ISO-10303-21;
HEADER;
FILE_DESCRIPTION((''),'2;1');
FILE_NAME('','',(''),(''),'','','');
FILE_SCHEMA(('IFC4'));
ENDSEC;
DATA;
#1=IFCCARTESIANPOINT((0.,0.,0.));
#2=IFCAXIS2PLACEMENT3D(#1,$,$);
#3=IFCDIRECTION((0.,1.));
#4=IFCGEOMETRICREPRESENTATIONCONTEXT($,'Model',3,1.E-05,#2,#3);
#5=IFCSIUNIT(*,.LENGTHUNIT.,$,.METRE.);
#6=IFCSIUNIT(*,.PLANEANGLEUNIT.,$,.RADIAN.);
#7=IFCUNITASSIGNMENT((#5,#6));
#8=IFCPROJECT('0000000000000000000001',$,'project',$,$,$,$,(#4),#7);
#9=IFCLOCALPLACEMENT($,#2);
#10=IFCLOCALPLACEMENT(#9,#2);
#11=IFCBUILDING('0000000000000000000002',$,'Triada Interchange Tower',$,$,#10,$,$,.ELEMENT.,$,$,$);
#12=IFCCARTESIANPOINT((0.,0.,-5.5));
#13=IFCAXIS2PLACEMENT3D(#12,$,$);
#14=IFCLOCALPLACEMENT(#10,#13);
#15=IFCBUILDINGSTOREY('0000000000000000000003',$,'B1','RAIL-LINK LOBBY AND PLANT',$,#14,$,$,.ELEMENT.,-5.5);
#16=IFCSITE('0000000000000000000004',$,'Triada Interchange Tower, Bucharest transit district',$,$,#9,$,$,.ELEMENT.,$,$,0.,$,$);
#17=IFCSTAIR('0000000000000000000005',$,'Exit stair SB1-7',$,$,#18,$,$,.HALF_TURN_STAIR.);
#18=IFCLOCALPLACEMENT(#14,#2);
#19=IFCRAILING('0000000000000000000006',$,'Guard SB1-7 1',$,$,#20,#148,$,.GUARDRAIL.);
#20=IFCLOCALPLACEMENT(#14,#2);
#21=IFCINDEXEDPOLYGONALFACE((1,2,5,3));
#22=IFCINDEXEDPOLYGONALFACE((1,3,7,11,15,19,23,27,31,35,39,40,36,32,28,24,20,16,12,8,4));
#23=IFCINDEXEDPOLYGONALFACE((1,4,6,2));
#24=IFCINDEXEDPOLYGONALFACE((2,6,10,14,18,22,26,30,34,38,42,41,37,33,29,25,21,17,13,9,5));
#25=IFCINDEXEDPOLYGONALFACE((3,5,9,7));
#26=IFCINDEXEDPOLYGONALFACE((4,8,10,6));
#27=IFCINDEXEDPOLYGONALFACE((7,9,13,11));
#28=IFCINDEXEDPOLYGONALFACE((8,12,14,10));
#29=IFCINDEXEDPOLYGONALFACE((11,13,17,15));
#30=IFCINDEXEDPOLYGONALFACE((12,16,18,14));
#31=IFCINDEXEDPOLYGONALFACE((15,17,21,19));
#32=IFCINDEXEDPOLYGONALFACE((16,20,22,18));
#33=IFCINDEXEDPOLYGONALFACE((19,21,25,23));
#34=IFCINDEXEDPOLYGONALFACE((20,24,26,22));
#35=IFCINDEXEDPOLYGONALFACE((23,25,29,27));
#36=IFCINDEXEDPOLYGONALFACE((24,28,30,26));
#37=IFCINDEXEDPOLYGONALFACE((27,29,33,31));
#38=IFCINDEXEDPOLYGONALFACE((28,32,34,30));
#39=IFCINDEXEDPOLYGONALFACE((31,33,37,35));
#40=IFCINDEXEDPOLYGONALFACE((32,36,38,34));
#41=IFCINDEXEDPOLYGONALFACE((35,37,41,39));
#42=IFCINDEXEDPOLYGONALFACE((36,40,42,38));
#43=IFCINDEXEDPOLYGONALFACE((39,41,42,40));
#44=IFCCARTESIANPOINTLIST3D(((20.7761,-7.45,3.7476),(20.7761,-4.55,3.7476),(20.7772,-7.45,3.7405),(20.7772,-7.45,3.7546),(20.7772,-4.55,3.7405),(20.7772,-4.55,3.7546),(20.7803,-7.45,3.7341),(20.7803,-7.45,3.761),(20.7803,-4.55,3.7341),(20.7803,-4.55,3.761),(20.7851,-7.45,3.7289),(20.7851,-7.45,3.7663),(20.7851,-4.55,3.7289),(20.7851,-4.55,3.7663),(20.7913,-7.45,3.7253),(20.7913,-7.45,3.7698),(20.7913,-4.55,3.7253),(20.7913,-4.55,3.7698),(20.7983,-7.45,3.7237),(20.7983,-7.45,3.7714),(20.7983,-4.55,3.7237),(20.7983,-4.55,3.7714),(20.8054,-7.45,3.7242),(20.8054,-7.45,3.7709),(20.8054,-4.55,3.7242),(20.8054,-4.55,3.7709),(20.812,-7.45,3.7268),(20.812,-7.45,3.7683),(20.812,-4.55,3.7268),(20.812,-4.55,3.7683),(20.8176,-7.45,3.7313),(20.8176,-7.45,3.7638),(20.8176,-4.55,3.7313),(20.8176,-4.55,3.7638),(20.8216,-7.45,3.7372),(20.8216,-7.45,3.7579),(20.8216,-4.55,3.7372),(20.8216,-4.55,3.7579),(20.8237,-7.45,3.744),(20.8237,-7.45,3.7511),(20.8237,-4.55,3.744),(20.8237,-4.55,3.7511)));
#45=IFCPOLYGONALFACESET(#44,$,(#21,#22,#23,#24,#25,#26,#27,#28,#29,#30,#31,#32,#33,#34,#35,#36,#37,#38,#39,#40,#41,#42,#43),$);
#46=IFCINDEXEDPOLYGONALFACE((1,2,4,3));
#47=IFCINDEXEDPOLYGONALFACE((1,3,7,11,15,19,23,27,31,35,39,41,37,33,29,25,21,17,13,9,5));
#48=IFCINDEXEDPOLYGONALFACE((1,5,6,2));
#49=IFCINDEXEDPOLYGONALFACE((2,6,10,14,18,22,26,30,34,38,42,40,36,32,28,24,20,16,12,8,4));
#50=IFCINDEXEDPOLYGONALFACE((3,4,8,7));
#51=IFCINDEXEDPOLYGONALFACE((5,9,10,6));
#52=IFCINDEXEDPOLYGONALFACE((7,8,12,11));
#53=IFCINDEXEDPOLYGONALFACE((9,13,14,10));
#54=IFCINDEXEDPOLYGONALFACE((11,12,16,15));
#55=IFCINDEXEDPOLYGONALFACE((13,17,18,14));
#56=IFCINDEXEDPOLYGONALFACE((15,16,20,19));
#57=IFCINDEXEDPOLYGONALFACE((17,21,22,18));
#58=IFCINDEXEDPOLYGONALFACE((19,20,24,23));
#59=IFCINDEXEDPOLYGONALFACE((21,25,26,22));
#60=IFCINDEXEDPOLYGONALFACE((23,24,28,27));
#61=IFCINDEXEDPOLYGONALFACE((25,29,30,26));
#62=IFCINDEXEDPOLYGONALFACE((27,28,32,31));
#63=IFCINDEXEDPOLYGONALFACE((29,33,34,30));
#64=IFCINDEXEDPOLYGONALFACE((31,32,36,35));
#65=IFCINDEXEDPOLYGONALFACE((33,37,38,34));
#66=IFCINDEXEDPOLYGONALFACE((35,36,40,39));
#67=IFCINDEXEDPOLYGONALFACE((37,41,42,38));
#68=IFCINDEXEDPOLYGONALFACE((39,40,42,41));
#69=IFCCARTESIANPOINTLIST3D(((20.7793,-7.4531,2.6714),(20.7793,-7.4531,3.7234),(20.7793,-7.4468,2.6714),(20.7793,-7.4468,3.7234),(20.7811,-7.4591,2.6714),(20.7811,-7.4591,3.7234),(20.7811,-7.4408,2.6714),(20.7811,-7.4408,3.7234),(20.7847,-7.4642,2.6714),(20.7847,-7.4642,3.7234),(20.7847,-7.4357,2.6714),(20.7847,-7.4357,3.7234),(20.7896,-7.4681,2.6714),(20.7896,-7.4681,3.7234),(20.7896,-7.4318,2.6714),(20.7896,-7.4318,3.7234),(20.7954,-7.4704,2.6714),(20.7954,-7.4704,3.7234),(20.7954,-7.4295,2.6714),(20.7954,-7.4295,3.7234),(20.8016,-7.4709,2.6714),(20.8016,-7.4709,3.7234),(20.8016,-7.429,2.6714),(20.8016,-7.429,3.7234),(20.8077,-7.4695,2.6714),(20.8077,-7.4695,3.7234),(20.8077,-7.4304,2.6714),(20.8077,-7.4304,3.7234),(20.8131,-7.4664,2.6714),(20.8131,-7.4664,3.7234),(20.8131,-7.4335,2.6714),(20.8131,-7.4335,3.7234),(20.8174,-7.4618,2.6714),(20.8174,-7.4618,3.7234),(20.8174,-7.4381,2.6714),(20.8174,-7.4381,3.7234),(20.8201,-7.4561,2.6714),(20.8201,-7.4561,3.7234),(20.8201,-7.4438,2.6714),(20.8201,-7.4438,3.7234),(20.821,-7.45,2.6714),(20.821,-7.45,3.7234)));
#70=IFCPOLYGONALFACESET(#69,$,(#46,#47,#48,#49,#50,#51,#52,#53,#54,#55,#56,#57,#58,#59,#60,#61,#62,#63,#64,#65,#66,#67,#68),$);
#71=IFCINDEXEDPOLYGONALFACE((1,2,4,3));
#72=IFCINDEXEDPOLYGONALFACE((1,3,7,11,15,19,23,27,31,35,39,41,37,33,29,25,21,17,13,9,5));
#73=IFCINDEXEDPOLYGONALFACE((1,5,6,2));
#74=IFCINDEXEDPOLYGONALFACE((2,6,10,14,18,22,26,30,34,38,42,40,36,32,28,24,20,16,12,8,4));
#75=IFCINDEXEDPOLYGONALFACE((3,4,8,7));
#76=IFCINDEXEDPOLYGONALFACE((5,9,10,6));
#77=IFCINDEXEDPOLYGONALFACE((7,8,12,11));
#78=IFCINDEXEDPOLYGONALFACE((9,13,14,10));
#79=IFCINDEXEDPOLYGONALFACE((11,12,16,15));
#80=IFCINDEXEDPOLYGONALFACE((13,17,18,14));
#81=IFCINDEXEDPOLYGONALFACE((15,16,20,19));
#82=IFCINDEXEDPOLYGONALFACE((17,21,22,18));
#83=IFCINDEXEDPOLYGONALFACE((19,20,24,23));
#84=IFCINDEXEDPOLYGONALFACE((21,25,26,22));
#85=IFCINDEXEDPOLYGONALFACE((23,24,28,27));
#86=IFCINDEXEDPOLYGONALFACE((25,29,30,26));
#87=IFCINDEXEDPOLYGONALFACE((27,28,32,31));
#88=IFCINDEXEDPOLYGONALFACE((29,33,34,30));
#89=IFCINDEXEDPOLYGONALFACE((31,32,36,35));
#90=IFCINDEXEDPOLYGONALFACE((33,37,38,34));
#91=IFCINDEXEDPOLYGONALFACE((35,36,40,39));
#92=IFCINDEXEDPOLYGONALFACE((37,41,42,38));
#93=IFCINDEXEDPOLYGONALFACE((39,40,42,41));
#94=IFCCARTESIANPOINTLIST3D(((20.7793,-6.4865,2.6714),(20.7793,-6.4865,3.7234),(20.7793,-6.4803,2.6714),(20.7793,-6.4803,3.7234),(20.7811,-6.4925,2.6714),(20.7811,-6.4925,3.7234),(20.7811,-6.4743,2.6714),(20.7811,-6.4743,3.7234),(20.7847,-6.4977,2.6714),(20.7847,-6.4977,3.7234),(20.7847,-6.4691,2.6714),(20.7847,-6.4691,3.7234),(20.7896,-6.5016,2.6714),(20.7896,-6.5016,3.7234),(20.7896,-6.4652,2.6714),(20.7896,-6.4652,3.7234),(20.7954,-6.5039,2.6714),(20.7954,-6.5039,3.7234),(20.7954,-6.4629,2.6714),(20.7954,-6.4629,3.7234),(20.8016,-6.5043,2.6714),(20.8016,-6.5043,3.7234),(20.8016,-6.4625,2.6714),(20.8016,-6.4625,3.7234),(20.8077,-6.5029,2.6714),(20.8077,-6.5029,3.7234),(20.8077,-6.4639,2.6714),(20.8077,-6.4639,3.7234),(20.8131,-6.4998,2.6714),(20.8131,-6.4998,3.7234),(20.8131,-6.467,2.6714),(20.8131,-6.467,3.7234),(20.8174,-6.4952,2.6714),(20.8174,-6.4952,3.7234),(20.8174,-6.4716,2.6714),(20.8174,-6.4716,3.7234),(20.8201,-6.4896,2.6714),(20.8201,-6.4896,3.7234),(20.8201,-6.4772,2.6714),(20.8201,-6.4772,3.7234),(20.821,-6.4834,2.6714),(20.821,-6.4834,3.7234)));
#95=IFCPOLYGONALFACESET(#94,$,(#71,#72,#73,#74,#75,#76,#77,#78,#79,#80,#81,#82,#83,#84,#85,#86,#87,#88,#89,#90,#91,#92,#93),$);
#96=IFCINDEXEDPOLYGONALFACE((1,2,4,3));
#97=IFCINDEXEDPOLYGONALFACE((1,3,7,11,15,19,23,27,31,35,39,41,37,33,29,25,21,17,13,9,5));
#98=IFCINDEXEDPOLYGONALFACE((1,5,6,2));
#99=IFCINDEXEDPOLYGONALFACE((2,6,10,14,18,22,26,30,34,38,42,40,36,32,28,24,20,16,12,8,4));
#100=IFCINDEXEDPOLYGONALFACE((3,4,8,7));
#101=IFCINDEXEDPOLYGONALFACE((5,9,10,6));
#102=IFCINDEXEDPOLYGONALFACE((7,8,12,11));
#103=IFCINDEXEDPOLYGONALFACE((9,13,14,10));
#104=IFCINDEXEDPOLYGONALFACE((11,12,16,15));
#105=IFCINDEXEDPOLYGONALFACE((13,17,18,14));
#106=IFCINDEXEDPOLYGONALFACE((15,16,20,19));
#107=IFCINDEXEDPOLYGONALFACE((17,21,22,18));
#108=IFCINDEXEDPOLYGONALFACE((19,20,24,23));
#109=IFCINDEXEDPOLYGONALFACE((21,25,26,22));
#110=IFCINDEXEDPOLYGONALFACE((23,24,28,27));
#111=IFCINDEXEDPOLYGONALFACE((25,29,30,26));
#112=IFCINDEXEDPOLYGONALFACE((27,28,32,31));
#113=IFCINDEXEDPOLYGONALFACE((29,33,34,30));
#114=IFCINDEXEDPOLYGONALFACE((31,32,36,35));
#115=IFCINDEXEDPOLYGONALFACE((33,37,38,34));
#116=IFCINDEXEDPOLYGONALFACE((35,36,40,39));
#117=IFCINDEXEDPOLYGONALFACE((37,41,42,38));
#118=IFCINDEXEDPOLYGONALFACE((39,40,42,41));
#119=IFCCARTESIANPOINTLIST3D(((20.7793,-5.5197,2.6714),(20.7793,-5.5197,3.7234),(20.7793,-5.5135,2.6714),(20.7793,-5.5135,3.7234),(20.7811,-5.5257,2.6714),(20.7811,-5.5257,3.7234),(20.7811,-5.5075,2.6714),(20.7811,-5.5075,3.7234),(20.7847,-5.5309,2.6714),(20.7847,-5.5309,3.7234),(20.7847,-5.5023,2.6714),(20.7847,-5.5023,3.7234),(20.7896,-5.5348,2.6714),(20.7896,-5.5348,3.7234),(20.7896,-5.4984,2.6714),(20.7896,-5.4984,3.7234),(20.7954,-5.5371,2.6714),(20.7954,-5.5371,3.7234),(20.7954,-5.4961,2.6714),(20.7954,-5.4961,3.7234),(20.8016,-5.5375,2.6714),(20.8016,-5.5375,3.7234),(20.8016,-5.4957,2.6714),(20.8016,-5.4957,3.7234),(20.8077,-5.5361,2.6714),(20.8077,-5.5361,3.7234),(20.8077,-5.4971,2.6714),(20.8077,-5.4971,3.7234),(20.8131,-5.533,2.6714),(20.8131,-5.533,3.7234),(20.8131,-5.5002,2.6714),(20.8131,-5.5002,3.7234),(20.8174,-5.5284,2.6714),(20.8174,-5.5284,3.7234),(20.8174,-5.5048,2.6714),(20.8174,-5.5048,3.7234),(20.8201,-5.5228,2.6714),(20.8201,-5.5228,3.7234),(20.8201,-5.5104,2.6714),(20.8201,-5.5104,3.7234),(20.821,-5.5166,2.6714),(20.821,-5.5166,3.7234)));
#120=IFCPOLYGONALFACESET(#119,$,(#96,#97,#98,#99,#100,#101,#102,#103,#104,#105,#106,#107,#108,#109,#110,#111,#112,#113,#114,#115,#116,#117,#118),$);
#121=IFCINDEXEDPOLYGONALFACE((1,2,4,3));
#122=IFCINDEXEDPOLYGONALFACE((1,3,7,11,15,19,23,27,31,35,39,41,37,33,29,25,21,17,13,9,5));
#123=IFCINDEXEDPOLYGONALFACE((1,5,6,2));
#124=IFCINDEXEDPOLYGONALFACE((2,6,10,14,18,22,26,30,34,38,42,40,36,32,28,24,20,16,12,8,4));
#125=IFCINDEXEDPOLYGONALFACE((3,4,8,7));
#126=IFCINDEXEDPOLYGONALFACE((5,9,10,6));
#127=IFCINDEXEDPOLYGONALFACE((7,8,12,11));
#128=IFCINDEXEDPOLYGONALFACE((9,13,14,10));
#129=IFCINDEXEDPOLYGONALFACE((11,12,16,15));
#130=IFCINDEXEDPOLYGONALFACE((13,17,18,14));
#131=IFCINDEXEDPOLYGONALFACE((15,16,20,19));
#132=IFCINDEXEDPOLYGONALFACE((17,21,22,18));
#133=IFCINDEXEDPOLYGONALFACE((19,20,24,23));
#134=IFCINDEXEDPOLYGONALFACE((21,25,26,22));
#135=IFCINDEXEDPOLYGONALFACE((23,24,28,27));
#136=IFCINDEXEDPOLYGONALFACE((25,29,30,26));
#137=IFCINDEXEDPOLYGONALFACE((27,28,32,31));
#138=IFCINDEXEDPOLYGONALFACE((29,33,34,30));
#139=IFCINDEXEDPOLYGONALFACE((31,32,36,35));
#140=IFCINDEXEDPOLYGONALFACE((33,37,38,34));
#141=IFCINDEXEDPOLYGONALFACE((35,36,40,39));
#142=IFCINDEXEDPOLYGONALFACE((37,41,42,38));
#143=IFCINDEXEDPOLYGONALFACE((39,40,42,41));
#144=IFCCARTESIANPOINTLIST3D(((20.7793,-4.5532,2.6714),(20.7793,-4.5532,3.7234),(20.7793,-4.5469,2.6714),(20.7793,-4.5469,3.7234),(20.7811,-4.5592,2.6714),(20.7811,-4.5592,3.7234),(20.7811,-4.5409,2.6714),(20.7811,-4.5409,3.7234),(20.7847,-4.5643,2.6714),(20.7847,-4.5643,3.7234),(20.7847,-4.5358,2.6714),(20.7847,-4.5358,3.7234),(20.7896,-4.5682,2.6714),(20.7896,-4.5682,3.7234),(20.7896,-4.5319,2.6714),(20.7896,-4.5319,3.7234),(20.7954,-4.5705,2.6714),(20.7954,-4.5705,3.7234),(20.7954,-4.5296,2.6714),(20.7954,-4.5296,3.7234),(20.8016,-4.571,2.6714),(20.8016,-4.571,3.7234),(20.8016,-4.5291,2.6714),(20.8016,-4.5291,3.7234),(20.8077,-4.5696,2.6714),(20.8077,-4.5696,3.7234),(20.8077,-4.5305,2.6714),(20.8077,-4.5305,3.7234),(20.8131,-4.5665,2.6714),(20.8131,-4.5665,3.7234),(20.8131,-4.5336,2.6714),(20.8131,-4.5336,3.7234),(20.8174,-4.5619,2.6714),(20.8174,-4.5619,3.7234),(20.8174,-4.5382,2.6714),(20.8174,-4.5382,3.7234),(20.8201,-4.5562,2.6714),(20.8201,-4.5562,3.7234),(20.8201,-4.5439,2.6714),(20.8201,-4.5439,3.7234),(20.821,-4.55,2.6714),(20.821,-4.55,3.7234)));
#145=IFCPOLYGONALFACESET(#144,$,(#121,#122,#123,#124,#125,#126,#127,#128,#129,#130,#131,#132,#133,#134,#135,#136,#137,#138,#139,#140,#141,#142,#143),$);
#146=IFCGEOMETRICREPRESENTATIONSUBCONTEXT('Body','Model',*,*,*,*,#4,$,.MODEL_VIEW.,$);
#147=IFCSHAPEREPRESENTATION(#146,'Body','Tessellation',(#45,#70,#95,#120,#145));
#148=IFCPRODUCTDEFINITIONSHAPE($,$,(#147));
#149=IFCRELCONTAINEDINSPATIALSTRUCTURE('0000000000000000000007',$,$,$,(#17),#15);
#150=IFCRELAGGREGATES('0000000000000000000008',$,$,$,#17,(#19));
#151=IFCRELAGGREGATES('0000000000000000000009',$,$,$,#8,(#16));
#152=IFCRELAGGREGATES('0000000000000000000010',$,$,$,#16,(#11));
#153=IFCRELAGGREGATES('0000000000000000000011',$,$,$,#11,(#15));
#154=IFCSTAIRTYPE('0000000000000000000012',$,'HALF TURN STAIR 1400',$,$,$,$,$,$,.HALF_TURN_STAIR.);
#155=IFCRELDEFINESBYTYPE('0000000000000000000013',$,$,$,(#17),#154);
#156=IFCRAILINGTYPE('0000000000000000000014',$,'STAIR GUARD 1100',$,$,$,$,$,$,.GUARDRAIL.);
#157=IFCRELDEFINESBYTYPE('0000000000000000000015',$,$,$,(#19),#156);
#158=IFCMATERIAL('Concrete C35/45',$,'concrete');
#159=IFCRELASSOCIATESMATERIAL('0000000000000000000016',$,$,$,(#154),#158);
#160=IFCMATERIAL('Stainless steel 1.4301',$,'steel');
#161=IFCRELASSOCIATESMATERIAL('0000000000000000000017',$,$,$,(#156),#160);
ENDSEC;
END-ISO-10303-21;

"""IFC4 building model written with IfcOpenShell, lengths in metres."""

from ifc_helpers import new_model, si_unit, direction, frame, origin, origin_2d, place, context, subcontext, project, spatial, circle, extrude, material, type_object, element, aggregate, save


model = new_model("IFC4")

# Units and contexts
model_context = context("Model", 3, precision=1e-05, world=origin(), true_north=direction((0.0, 1.0)))
body_context = subcontext(model_context, "Body", "Model", "MODEL_VIEW")
ifc_project = project(units=[si_unit("LENGTHUNIT", "METRE"), si_unit("PLANEANGLEUNIT", "RADIAN")], contexts=[model_context])

# Site, building, storey
site_placement = place(None, origin())
site = spatial("IfcSite", under=ifc_project, at=site_placement, Name="Triada Interchange Tower, Bucharest transit district", CompositionType="ELEMENT", RefElevation=0.0)
building_placement = place(site_placement, origin())
building = spatial("IfcBuilding", under=site, at=building_placement, Name="Triada Interchange Tower", CompositionType="ELEMENT")
storey_placement = place(building_placement, frame((0.0, 0.0, -5.5)))
storey = spatial("IfcBuildingStorey", under=building, at=storey_placement, Name="B1", Description="RAIL-LINK LOBBY AND PLANT", CompositionType="ELEMENT", Elevation=-5.5)

# Shared definitions
ifc_material_1 = material(Name="Concrete C35/45", Category="concrete")

# Stair, railing
stair_type = type_object("IfcStairType", Name="HALF TURN STAIR 1400", PredefinedType="HALF_TURN_STAIR", material=ifc_material_1)
stair_placement = place(storey_placement, origin())
stair = element("IfcStair", 1, at=stair_placement, inside=storey, type_object=stair_type, Name="Exit stair SB1-7", PredefinedType="HALF_TURN_STAIR")
ifc_material_2 = material(Name="Stainless steel 1.4301", Category="steel")
railing_type_1 = type_object("IfcRailingType", Name="STAIR GUARD 1100", PredefinedType="GUARDRAIL", material=ifc_material_2)
railing_1_placement = place(storey_placement, frame((20.8, -7.45, 2.6714)))
railing_1 = element("IfcRailing", 2, at=railing_1_placement, type_object=railing_type_1, Name="Guard SB1-7 1", PredefinedType="GUARDRAIL", context=body_context, shape_type="SweptSolid", body=[
    extrude(circle(Radius=0.0239, at=origin_2d()), frame((0.0, 0.0, 1.0762), z_axis=(0.0, 1.0, 0.0), x_axis=(-1.0, 0.0, 0.0)), (0.0, 0.0, 1.0), 2.8999),
    extrude(circle(Radius=0.021, at=origin_2d()), origin(), (0.0, 0.0, 1.0), 1.052),
    extrude(circle(Radius=0.021, at=origin_2d()), frame((0.0, 0.9666, 0.0)), (0.0, 0.0, 1.0), 1.052),
    extrude(circle(Radius=0.021, at=origin_2d()), frame((0.0, 1.9333, 0.0)), (0.0, 0.0, 1.0), 1.052),
    extrude(circle(Radius=0.021, at=origin_2d()), frame((0.0, 2.8999, 0.0)), (0.0, 0.0, 1.0), 1.052),
])
aggregate(stair, [railing_1])

save(model, "model.ifc")
